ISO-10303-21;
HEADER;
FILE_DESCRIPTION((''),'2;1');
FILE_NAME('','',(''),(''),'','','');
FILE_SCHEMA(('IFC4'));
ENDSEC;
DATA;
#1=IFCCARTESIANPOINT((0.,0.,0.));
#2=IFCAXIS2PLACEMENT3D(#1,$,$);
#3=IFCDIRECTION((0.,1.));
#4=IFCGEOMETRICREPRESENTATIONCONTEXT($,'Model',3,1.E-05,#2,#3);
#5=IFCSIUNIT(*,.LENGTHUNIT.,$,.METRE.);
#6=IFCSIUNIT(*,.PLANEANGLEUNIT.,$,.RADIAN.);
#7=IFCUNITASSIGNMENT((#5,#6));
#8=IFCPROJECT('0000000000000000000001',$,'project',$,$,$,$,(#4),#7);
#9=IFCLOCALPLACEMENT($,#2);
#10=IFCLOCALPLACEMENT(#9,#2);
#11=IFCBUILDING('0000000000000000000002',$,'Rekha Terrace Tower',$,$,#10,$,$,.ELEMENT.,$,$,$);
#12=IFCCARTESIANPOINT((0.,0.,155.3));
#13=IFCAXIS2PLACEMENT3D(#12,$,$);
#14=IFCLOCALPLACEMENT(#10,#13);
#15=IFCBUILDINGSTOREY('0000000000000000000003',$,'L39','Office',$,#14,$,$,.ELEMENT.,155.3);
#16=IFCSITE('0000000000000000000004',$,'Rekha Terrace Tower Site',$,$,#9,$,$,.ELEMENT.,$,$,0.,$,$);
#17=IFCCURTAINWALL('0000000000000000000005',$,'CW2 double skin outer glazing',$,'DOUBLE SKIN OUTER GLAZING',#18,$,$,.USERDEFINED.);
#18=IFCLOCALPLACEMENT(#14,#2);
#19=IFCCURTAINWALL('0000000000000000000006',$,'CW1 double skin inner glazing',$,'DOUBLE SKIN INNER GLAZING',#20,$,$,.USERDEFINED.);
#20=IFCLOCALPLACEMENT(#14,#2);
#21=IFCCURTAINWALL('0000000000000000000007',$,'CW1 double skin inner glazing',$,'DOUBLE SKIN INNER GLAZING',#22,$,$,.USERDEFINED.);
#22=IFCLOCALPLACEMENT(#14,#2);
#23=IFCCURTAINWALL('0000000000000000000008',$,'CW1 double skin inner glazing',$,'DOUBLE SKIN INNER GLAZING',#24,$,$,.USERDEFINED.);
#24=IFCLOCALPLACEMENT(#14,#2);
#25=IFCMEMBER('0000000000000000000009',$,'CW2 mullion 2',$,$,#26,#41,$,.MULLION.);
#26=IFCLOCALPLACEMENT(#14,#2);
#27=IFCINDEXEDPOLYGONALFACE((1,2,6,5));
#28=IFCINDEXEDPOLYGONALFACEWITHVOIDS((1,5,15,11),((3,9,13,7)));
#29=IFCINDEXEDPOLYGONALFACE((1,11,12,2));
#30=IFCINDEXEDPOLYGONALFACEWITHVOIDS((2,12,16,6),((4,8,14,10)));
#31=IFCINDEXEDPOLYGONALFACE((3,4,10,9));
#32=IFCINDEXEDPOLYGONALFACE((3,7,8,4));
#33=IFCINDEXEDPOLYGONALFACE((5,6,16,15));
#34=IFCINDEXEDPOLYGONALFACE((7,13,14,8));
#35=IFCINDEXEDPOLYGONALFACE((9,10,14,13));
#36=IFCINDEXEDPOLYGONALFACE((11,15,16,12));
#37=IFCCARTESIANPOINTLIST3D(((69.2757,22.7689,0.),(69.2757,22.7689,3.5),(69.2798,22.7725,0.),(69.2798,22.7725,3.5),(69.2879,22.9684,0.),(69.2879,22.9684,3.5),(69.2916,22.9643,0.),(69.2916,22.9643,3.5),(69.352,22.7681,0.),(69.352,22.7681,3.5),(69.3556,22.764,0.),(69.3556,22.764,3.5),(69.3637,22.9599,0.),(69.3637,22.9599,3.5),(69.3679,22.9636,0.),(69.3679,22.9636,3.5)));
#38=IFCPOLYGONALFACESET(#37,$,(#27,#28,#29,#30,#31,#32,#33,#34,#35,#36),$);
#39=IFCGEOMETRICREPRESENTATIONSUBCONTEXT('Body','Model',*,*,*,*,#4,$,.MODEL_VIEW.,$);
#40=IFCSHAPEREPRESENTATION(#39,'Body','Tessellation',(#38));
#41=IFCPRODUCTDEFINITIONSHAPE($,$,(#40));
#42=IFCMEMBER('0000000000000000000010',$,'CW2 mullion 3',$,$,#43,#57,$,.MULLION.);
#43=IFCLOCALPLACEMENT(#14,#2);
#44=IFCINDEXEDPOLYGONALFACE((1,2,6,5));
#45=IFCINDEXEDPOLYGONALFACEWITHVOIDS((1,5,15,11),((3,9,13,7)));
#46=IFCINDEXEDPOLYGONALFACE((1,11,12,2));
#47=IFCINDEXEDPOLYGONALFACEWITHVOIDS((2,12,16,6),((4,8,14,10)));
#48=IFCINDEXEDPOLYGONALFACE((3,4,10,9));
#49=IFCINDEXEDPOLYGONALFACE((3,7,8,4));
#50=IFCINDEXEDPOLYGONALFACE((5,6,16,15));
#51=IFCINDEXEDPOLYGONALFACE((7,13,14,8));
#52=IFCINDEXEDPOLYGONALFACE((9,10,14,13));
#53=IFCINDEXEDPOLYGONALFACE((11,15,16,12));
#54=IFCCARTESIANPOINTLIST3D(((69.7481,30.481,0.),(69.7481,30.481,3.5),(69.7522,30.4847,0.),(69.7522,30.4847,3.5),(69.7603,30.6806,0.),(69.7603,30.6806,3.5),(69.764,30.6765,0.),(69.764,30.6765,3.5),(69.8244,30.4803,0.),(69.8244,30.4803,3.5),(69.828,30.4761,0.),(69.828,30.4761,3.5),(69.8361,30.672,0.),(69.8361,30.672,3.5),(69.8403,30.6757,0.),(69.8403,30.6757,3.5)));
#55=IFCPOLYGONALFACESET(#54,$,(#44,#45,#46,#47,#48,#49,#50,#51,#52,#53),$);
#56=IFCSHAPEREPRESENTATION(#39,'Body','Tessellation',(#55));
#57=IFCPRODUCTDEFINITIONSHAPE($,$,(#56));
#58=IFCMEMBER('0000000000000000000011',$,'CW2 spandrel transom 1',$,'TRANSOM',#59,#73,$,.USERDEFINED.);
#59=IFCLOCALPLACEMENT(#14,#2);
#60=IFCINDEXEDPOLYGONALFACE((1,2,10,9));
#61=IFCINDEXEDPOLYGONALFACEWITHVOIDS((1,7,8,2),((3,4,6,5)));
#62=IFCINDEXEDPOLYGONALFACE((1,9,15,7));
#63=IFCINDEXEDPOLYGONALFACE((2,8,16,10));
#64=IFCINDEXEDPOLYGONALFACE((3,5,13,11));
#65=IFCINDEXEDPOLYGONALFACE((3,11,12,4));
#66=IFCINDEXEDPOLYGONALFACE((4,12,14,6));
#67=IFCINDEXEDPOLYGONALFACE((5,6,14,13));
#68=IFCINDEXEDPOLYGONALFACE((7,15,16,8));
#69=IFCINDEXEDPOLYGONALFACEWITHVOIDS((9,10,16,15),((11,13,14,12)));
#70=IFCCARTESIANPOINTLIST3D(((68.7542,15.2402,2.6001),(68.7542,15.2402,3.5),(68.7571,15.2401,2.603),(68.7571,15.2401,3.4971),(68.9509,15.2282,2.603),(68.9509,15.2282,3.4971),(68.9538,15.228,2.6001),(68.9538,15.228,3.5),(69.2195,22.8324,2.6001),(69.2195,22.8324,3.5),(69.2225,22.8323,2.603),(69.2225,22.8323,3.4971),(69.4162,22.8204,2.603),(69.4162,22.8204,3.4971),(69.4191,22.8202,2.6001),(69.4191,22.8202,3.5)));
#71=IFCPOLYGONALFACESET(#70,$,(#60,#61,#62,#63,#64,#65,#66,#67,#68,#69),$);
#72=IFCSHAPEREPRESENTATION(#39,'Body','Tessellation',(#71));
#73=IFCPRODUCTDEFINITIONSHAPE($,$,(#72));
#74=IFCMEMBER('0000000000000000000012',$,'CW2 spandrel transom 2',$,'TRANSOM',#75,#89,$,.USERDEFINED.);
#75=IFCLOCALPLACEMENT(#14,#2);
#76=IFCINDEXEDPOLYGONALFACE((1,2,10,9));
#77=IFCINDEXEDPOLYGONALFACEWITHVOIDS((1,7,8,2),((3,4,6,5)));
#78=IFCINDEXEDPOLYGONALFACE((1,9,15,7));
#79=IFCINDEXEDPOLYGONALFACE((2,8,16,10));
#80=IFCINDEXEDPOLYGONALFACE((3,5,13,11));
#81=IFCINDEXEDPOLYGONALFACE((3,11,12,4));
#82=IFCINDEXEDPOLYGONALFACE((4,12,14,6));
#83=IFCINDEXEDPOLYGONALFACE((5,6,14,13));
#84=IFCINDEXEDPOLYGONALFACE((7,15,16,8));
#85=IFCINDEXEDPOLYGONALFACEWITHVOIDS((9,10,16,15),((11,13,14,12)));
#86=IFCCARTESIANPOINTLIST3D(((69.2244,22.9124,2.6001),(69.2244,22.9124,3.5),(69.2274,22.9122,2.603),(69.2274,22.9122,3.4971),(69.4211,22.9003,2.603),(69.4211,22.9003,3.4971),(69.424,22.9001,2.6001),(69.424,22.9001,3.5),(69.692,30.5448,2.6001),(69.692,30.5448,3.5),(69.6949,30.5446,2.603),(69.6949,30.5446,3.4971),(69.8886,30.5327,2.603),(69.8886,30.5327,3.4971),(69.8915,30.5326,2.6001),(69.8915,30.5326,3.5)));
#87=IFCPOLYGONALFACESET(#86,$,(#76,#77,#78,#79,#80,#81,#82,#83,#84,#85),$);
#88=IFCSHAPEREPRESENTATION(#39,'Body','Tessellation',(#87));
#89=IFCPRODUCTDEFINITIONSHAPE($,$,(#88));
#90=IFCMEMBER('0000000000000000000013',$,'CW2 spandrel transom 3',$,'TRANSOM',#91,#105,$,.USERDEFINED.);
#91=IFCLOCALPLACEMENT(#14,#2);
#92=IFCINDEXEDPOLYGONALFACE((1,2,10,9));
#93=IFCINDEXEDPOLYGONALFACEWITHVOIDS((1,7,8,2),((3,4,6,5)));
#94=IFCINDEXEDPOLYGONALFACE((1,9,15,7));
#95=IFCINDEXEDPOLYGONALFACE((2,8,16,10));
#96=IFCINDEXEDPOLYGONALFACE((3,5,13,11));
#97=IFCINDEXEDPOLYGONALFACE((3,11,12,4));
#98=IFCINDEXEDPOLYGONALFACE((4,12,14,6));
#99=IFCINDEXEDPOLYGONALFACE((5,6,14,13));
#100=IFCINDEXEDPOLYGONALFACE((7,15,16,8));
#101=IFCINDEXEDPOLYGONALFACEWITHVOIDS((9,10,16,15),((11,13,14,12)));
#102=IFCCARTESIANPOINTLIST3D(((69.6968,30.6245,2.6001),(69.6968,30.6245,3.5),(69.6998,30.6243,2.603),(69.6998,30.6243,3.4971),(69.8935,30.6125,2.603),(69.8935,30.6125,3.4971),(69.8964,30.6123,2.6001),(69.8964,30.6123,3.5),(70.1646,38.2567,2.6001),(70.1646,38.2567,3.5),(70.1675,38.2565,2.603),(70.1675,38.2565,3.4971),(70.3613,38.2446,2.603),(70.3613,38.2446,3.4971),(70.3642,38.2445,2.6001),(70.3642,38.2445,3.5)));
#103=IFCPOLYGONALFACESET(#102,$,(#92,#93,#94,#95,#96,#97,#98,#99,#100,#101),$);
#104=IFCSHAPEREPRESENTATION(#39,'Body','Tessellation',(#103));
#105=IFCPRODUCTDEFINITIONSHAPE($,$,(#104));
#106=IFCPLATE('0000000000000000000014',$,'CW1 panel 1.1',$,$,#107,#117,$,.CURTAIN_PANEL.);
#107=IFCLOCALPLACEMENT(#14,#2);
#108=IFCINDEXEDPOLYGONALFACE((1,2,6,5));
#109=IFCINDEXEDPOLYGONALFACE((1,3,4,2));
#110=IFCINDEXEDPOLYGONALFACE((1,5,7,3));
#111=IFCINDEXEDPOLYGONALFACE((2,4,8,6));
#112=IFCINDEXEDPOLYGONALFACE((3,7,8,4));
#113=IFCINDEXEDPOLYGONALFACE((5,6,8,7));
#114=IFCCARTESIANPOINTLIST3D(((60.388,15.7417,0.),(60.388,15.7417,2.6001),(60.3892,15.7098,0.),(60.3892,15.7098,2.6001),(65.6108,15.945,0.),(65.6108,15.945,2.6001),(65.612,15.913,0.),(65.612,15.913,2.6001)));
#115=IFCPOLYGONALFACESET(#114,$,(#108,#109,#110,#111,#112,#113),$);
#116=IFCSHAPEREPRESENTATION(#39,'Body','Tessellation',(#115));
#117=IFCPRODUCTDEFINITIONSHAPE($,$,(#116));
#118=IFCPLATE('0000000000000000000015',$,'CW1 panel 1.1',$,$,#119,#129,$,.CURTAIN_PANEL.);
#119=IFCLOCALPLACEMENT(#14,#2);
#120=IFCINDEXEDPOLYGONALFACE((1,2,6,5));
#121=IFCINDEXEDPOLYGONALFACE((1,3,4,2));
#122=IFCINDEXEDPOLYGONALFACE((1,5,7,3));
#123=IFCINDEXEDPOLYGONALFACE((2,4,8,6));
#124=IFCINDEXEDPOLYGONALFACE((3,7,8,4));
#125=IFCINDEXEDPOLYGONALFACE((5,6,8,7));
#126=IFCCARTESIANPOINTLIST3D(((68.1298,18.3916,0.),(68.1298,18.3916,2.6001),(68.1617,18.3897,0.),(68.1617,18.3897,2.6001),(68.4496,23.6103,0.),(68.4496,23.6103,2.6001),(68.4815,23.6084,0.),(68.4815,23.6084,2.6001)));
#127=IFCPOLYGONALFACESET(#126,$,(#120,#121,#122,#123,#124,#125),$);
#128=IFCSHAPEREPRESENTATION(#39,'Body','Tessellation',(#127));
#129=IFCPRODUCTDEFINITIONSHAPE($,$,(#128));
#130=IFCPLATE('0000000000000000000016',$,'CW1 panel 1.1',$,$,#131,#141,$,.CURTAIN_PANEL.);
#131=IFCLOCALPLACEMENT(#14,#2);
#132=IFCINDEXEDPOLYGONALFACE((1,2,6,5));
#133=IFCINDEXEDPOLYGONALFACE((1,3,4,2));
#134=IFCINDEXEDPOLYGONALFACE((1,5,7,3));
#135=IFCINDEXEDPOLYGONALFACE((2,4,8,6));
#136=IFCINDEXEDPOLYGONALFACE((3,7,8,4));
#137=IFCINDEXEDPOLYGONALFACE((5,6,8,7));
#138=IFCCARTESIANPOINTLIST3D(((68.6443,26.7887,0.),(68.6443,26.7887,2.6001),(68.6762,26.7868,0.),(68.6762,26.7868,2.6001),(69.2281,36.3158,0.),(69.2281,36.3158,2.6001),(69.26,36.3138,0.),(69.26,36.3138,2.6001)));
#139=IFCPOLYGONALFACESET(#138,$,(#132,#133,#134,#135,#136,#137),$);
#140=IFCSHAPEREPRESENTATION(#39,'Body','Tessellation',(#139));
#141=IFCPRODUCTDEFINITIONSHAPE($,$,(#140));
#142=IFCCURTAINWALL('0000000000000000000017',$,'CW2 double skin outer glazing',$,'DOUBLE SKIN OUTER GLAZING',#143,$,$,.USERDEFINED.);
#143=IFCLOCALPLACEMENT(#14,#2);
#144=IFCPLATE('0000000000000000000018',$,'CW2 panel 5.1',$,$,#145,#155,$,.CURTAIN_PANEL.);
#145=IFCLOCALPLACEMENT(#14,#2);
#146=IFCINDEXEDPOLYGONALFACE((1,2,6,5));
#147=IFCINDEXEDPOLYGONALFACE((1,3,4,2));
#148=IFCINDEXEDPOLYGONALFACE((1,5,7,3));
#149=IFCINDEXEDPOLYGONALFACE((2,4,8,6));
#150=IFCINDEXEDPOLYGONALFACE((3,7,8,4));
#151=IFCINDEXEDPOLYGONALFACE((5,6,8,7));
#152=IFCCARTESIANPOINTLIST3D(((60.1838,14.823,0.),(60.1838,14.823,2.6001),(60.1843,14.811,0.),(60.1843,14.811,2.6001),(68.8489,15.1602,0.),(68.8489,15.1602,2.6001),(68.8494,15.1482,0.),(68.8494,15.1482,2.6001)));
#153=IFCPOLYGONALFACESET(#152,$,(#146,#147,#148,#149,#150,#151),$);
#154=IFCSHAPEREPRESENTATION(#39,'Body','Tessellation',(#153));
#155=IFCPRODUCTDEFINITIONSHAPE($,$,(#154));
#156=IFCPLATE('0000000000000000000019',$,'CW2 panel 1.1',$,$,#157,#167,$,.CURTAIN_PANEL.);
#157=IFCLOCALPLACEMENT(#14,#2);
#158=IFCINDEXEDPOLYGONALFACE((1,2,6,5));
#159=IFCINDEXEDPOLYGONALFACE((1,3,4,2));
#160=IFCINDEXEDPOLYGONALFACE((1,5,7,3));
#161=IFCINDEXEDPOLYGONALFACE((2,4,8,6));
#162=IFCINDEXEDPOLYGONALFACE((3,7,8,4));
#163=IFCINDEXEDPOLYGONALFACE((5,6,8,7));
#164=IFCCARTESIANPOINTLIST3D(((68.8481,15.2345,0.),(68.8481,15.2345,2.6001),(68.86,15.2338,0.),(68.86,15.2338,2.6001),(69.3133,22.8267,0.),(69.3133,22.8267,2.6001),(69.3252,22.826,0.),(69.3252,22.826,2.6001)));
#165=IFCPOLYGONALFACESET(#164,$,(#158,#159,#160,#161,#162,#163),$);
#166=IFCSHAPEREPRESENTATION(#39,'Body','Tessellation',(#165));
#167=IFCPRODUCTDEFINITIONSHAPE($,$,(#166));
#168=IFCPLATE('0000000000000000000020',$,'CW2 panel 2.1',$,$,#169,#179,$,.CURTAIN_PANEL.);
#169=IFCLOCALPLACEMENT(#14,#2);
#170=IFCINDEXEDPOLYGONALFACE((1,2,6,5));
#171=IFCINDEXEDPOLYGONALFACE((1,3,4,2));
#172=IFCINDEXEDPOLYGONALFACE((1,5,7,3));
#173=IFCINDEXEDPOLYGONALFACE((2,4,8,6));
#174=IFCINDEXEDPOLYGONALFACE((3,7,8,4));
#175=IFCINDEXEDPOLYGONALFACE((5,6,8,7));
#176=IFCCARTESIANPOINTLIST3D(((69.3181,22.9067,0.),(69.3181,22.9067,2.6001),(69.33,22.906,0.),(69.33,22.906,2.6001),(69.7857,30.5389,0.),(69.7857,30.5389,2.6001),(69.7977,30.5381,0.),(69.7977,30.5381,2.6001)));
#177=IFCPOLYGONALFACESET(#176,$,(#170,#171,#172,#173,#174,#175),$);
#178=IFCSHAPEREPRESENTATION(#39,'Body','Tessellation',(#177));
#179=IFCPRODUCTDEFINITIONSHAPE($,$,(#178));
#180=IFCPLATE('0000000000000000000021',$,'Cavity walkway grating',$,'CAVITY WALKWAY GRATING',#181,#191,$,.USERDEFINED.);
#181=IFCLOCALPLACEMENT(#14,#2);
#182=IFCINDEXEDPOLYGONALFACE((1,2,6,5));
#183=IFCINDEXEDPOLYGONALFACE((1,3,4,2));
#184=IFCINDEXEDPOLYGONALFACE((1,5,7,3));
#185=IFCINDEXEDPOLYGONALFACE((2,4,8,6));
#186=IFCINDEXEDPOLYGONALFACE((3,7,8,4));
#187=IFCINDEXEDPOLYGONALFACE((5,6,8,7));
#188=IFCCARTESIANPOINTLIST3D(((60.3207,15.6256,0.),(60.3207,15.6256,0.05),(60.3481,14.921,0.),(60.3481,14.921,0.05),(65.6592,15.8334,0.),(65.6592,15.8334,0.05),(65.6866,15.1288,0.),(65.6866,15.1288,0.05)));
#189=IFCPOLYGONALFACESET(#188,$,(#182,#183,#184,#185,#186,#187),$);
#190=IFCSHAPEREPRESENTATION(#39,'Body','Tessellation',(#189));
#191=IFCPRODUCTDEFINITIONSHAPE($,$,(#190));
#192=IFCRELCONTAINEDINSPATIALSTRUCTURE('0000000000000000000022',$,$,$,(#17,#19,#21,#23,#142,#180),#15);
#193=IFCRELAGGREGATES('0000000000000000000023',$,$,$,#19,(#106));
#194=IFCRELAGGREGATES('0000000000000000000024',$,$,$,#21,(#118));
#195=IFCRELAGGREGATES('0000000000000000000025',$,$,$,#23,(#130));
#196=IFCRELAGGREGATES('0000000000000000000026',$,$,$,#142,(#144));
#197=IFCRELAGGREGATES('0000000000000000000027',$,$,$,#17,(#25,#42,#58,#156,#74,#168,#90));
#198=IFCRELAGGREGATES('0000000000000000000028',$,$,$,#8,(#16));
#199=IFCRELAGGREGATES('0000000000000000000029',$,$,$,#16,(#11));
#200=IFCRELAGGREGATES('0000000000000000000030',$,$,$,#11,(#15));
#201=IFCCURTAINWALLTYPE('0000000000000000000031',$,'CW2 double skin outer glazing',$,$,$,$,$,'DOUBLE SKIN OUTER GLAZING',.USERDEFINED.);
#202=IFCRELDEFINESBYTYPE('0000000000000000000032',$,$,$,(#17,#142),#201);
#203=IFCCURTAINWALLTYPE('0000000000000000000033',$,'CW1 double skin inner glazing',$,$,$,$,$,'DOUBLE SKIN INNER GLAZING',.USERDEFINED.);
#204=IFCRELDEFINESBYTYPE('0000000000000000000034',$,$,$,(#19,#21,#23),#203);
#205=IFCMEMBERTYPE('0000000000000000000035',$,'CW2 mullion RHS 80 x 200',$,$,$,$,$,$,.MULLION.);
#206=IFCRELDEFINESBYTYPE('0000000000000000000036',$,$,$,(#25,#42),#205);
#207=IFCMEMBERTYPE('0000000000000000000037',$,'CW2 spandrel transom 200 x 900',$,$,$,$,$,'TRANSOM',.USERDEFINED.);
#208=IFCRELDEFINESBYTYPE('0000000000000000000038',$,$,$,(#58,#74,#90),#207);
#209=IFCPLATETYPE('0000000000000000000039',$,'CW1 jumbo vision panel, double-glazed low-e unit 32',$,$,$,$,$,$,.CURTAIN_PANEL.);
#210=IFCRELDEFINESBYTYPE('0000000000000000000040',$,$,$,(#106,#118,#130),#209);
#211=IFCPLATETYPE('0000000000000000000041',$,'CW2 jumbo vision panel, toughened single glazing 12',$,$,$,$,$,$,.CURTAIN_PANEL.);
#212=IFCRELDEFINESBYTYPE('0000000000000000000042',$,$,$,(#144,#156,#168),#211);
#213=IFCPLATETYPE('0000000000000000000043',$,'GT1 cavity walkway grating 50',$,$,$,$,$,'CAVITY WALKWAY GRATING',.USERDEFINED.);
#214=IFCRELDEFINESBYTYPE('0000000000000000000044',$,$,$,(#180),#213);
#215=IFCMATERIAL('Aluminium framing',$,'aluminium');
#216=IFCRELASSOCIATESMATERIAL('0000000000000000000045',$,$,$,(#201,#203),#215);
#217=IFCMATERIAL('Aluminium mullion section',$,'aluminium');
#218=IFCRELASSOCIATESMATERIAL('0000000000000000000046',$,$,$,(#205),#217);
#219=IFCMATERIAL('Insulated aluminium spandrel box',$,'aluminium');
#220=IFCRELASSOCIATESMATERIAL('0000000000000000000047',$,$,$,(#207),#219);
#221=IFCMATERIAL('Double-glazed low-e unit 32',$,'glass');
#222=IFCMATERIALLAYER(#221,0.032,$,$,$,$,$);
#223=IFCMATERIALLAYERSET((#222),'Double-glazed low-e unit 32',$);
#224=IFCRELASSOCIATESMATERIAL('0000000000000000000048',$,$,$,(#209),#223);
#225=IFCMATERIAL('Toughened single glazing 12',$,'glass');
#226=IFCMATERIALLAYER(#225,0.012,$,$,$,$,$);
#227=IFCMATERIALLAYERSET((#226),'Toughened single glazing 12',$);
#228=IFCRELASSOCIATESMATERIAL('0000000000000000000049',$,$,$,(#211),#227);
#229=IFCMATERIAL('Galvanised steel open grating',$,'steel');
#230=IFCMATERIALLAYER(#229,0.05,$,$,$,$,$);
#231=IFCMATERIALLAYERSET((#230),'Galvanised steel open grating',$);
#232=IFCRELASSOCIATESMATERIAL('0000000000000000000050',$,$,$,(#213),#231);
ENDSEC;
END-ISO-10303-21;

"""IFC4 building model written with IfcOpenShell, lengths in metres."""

from ifc_helpers import new_model, si_unit, direction, frame, origin, origin_2d, place, context, subcontext, project, spatial, rectangle, hollow_rectangle, extrude, material, layer, layer_set, material_profile, profile_set, type_object, element, aggregate, save


model = new_model("IFC4")

# Units and contexts
model_context = context("Model", 3, precision=1e-05, world=origin(), true_north=direction((0.0, 1.0)))
body_context = subcontext(model_context, "Body", "Model", "MODEL_VIEW")
ifc_project = project(units=[si_unit("LENGTHUNIT", "METRE"), si_unit("PLANEANGLEUNIT", "RADIAN")], contexts=[model_context])

# Site, building, storey
site_placement = place(None, origin())
site = spatial("IfcSite", under=ifc_project, at=site_placement, Name="Rekha Terrace Tower Site", CompositionType="ELEMENT", RefElevation=0.0)
building_placement = place(site_placement, origin())
building = spatial("IfcBuilding", under=site, at=building_placement, Name="Rekha Terrace Tower", CompositionType="ELEMENT")
storey_placement = place(building_placement, frame((0.0, 0.0, 155.3)))
storey = spatial("IfcBuildingStorey", under=building, at=storey_placement, Name="L39", Description="Office", CompositionType="ELEMENT", Elevation=155.3)

# Curtain wall
ifc_material_1 = material(Name="Aluminium framing", Category="aluminium")
curtain_wall_type_1 = type_object("IfcCurtainWallType", Name="CW2 double skin outer glazing", ElementType="DOUBLE SKIN OUTER GLAZING", PredefinedType="USERDEFINED", material=ifc_material_1)
curtain_wall_1_placement = place(storey_placement, origin())
curtain_wall_1 = element("IfcCurtainWall", 1, at=curtain_wall_1_placement, inside=storey, type_object=curtain_wall_type_1, Name="CW2 double skin outer glazing", ObjectType="DOUBLE SKIN OUTER GLAZING", PredefinedType="USERDEFINED")

# Curtain wall
curtain_wall_type_2 = type_object("IfcCurtainWallType", Name="CW1 double skin inner glazing", ElementType="DOUBLE SKIN INNER GLAZING", PredefinedType="USERDEFINED", material=ifc_material_1)
curtain_wall_2_placement = place(storey_placement, origin())
curtain_wall_2 = element("IfcCurtainWall", 2, at=curtain_wall_2_placement, inside=storey, type_object=curtain_wall_type_2, Name="CW1 double skin inner glazing", ObjectType="DOUBLE SKIN INNER GLAZING", PredefinedType="USERDEFINED")
ifc_material_2 = material(Name="Aluminium mullion section", Category="aluminium")

# Curtain wall
curtain_wall_3_placement = place(storey_placement, origin())
curtain_wall_3 = element("IfcCurtainWall", 3, at=curtain_wall_3_placement, inside=storey, type_object=curtain_wall_type_2, Name="CW1 double skin inner glazing", ObjectType="DOUBLE SKIN INNER GLAZING", PredefinedType="USERDEFINED")

# Curtain wall
curtain_wall_4_placement = place(storey_placement, origin())
curtain_wall_4 = element("IfcCurtainWall", 4, at=curtain_wall_4_placement, inside=storey, type_object=curtain_wall_type_2, Name="CW1 double skin inner glazing", ObjectType="DOUBLE SKIN INNER GLAZING", PredefinedType="USERDEFINED")

# Members
ifc_material_3 = material(Name="Insulated aluminium spandrel box", Category="aluminium")
ifc_material_profile_1 = material_profile(ifc_material_2, hollow_rectangle(XDim=0.0801, YDim=0.2, WallThickness=0.0039, at=origin_2d()), Name="AL RHS 80x200")
ifc_profile_set_1 = profile_set([ifc_material_profile_1], Name="Aluminium mullion section")
member_type_1 = type_object("IfcMemberType", Name="CW2 mullion RHS 80 x 200", PredefinedType="MULLION", material=ifc_profile_set_1)
member_1_placement = place(storey_placement, frame((69.3218, 22.8662, 0.0), z_axis=(0.0, 0.0, 1.0), x_axis=(-0.998128, 0.06116, 0.0)))
member_1 = element("IfcMember", 5, at=member_1_placement, type_object=member_type_1, Name="CW2 mullion 2", PredefinedType="MULLION", context=body_context, shape_type="SweptSolid", body=[
    extrude(hollow_rectangle(XDim=0.0801, YDim=0.2, WallThickness=0.0039, at=origin_2d()), origin(), (0.0, 0.0, 1.0), 3.5),
])
member_2_placement = place(storey_placement, frame((69.7942, 30.5784, 0.0), z_axis=(0.0, 0.0, 1.0), x_axis=(-0.998128, 0.06116, 0.0)))
member_2 = element("IfcMember", 6, at=member_2_placement, type_object=member_type_1, Name="CW2 mullion 3", PredefinedType="MULLION", context=body_context, shape_type="SweptSolid", body=[
    extrude(hollow_rectangle(XDim=0.0801, YDim=0.2, WallThickness=0.0039, at=origin_2d()), origin(), (0.0, 0.0, 1.0), 3.5),
])
ifc_material_profile_2 = material_profile(ifc_material_3, hollow_rectangle(XDim=0.2, YDim=0.8999, WallThickness=0.0029, at=origin_2d()), Name="AL SPANDREL BOX 200x900")
ifc_profile_set_2 = profile_set([ifc_material_profile_2], Name="Insulated aluminium spandrel box")
member_type_2 = type_object("IfcMemberType", Name="CW2 spandrel transom 200 x 900", ElementType="TRANSOM", PredefinedType="USERDEFINED", material=ifc_profile_set_2)
member_3_placement = place(storey_placement, frame((68.854, 15.2341, 3.05), z_axis=(0.061175, 0.998127, 0.0), x_axis=(-0.998127, 0.061175, 0.0)))
member_3 = element("IfcMember", 7, at=member_3_placement, type_object=member_type_2, Name="CW2 spandrel transom 1", ObjectType="TRANSOM", PredefinedType="USERDEFINED", context=body_context, shape_type="SweptSolid", body=[
    extrude(hollow_rectangle(XDim=0.2, YDim=0.8999, WallThickness=0.0029, at=origin_2d()), origin(), (0.0, 0.0, 1.0), 7.6064),
])
member_4_placement = place(storey_placement, frame((69.3242, 22.9062, 3.05), z_axis=(0.061142, 0.998129, 0.0), x_axis=(-0.998129, 0.061142, 0.0)))
member_4 = element("IfcMember", 8, at=member_4_placement, type_object=member_type_2, Name="CW2 spandrel transom 2", ObjectType="TRANSOM", PredefinedType="USERDEFINED", context=body_context, shape_type="SweptSolid", body=[
    extrude(hollow_rectangle(XDim=0.2, YDim=0.8999, WallThickness=0.0029, at=origin_2d()), origin(), (0.0, 0.0, 1.0), 7.6467),
])
member_5_placement = place(storey_placement, frame((69.7966, 30.6184, 3.05), z_axis=(0.061176, 0.998127, 0.0), x_axis=(-0.998127, 0.061176, 0.0)))
member_5 = element("IfcMember", 9, at=member_5_placement, type_object=member_type_2, Name="CW2 spandrel transom 3", ObjectType="TRANSOM", PredefinedType="USERDEFINED", context=body_context, shape_type="SweptSolid", body=[
    extrude(hollow_rectangle(XDim=0.2, YDim=0.8999, WallThickness=0.0029, at=origin_2d()), origin(), (0.0, 0.0, 1.0), 7.6465),
])

# Plates
ifc_material_4 = material(Name="Double-glazed low-e unit 32", Category="glass")
ifc_layer_1 = layer(ifc_material_4, 0.032)
ifc_layer_set_1 = layer_set([ifc_layer_1], Name="Double-glazed low-e unit 32")
plate_type_1 = type_object("IfcPlateType", Name="CW1 jumbo vision panel, double-glazed low-e unit 32", PredefinedType="CURTAIN_PANEL", material=ifc_layer_set_1)
plate_1_placement = place(storey_placement, frame((63.0, 15.8274, 0.0), z_axis=(0.0, 0.0, 1.0), x_axis=(0.999243, 0.03889, 0.0)))
plate_1 = element("IfcPlate", 10, at=plate_1_placement, type_object=plate_type_1, Name="CW1 panel 1.1", PredefinedType="CURTAIN_PANEL", context=body_context, shape_type="SweptSolid", body=[
    extrude(rectangle(XDim=5.2268, YDim=0.032, at=origin_2d()), origin(), (0.0, 0.0, 1.0), 2.6001),
])
aggregate(curtain_wall_2, [plate_1])
plate_2_placement = place(storey_placement, frame((68.3057, 21.0, 0.0), z_axis=(0.0, 0.0, 1.0), x_axis=(0.06116, 0.998128, 0.0)))
plate_2 = element("IfcPlate", 11, at=plate_2_placement, type_object=plate_type_1, Name="CW1 panel 1.1", PredefinedType="CURTAIN_PANEL", context=body_context, shape_type="SweptSolid", body=[
    extrude(rectangle(XDim=5.2285, YDim=0.032, at=origin_2d()), origin(), (0.0, 0.0, 1.0), 2.6001),
])
aggregate(curtain_wall_3, [plate_2])
plate_3_placement = place(storey_placement, frame((68.9521, 31.5513, 0.0), z_axis=(0.0, 0.0, 1.0), x_axis=(0.06116, 0.998128, 0.0)))
plate_3 = element("IfcPlate", 12, at=plate_3_placement, type_object=plate_type_1, Name="CW1 panel 1.1", PredefinedType="CURTAIN_PANEL", context=body_context, shape_type="SweptSolid", body=[
    extrude(rectangle(XDim=9.5449, YDim=0.032, at=origin_2d()), origin(), (0.0, 0.0, 1.0), 2.6001),
])
aggregate(curtain_wall_4, [plate_3])

# Curtain wall, plate
curtain_wall_5_placement = place(storey_placement, origin())
curtain_wall_5 = element("IfcCurtainWall", 13, at=curtain_wall_5_placement, inside=storey, type_object=curtain_wall_type_1, Name="CW2 double skin outer glazing", ObjectType="DOUBLE SKIN OUTER GLAZING", PredefinedType="USERDEFINED")
ifc_material_5 = material(Name="Toughened single glazing 12", Category="glass")
ifc_layer_2 = layer(ifc_material_5, 0.012)
ifc_layer_set_2 = layer_set([ifc_layer_2], Name="Toughened single glazing 12")
plate_type_2 = type_object("IfcPlateType", Name="CW2 jumbo vision panel, toughened single glazing 12", PredefinedType="CURTAIN_PANEL", material=ifc_layer_set_2)
plate_4_placement = place(storey_placement, frame((64.5166, 14.9856, 0.0), z_axis=(0.0, 0.0, 1.0), x_axis=(0.999243, 0.03889, 0.0)))
plate_4 = element("IfcPlate", 14, at=plate_4_placement, type_object=plate_type_2, Name="CW2 panel 5.1", PredefinedType="CURTAIN_PANEL", context=body_context, shape_type="SweptSolid", body=[
    extrude(rectangle(XDim=8.6716, YDim=0.012, at=origin_2d()), origin(), (0.0, 0.0, 1.0), 2.6001),
])
aggregate(curtain_wall_5, [plate_4])

# Plates
plate_5_placement = place(storey_placement, frame((69.0867, 19.0303, 0.0), z_axis=(0.0, 0.0, 1.0), x_axis=(0.06116, 0.998128, 0.0)))
plate_5 = element("IfcPlate", 15, at=plate_5_placement, type_object=plate_type_2, Name="CW2 panel 1.1", PredefinedType="CURTAIN_PANEL", context=body_context, shape_type="SweptSolid", body=[
    extrude(rectangle(XDim=7.6064, YDim=0.012, at=origin_2d()), origin(), (0.0, 0.0, 1.0), 2.6001),
])
plate_6_placement = place(storey_placement, frame((69.5579, 26.7224, 0.0), z_axis=(0.0, 0.0, 1.0), x_axis=(0.06116, 0.998128, 0.0)))
plate_6 = element("IfcPlate", 16, at=plate_6_placement, type_object=plate_type_2, Name="CW2 panel 2.1", PredefinedType="CURTAIN_PANEL", context=body_context, shape_type="SweptSolid", body=[
    extrude(rectangle(XDim=7.6465, YDim=0.012, at=origin_2d()), origin(), (0.0, 0.0, 1.0), 2.6001),
])
aggregate(curtain_wall_1, [member_1, member_2, member_3, plate_5, member_4, plate_6, member_5])

# Plate
ifc_material_6 = material(Name="Galvanised steel open grating", Category="steel")
ifc_layer_3 = layer(ifc_material_6, 0.05)
ifc_layer_set_3 = layer_set([ifc_layer_3], Name="Galvanised steel open grating")
plate_type_3 = type_object("IfcPlateType", Name="GT1 cavity walkway grating 50", ElementType="CAVITY WALKWAY GRATING", PredefinedType="USERDEFINED", material=ifc_layer_set_3)
plate_7_placement = place(storey_placement, frame((63.0037, 15.3772, 0.0), z_axis=(0.0, 0.0, 1.0), x_axis=(0.999243, 0.03889, 0.0)))
element("IfcPlate", 17, at=plate_7_placement, inside=storey, type_object=plate_type_3, Name="Cavity walkway grating", ObjectType="CAVITY WALKWAY GRATING", PredefinedType="USERDEFINED", context=body_context, shape_type="SweptSolid", body=[
    extrude(rectangle(XDim=5.3425, YDim=0.7051, at=origin_2d()), origin(), (0.0, 0.0, 1.0), 0.05),
])

save(model, "model.ifc")
